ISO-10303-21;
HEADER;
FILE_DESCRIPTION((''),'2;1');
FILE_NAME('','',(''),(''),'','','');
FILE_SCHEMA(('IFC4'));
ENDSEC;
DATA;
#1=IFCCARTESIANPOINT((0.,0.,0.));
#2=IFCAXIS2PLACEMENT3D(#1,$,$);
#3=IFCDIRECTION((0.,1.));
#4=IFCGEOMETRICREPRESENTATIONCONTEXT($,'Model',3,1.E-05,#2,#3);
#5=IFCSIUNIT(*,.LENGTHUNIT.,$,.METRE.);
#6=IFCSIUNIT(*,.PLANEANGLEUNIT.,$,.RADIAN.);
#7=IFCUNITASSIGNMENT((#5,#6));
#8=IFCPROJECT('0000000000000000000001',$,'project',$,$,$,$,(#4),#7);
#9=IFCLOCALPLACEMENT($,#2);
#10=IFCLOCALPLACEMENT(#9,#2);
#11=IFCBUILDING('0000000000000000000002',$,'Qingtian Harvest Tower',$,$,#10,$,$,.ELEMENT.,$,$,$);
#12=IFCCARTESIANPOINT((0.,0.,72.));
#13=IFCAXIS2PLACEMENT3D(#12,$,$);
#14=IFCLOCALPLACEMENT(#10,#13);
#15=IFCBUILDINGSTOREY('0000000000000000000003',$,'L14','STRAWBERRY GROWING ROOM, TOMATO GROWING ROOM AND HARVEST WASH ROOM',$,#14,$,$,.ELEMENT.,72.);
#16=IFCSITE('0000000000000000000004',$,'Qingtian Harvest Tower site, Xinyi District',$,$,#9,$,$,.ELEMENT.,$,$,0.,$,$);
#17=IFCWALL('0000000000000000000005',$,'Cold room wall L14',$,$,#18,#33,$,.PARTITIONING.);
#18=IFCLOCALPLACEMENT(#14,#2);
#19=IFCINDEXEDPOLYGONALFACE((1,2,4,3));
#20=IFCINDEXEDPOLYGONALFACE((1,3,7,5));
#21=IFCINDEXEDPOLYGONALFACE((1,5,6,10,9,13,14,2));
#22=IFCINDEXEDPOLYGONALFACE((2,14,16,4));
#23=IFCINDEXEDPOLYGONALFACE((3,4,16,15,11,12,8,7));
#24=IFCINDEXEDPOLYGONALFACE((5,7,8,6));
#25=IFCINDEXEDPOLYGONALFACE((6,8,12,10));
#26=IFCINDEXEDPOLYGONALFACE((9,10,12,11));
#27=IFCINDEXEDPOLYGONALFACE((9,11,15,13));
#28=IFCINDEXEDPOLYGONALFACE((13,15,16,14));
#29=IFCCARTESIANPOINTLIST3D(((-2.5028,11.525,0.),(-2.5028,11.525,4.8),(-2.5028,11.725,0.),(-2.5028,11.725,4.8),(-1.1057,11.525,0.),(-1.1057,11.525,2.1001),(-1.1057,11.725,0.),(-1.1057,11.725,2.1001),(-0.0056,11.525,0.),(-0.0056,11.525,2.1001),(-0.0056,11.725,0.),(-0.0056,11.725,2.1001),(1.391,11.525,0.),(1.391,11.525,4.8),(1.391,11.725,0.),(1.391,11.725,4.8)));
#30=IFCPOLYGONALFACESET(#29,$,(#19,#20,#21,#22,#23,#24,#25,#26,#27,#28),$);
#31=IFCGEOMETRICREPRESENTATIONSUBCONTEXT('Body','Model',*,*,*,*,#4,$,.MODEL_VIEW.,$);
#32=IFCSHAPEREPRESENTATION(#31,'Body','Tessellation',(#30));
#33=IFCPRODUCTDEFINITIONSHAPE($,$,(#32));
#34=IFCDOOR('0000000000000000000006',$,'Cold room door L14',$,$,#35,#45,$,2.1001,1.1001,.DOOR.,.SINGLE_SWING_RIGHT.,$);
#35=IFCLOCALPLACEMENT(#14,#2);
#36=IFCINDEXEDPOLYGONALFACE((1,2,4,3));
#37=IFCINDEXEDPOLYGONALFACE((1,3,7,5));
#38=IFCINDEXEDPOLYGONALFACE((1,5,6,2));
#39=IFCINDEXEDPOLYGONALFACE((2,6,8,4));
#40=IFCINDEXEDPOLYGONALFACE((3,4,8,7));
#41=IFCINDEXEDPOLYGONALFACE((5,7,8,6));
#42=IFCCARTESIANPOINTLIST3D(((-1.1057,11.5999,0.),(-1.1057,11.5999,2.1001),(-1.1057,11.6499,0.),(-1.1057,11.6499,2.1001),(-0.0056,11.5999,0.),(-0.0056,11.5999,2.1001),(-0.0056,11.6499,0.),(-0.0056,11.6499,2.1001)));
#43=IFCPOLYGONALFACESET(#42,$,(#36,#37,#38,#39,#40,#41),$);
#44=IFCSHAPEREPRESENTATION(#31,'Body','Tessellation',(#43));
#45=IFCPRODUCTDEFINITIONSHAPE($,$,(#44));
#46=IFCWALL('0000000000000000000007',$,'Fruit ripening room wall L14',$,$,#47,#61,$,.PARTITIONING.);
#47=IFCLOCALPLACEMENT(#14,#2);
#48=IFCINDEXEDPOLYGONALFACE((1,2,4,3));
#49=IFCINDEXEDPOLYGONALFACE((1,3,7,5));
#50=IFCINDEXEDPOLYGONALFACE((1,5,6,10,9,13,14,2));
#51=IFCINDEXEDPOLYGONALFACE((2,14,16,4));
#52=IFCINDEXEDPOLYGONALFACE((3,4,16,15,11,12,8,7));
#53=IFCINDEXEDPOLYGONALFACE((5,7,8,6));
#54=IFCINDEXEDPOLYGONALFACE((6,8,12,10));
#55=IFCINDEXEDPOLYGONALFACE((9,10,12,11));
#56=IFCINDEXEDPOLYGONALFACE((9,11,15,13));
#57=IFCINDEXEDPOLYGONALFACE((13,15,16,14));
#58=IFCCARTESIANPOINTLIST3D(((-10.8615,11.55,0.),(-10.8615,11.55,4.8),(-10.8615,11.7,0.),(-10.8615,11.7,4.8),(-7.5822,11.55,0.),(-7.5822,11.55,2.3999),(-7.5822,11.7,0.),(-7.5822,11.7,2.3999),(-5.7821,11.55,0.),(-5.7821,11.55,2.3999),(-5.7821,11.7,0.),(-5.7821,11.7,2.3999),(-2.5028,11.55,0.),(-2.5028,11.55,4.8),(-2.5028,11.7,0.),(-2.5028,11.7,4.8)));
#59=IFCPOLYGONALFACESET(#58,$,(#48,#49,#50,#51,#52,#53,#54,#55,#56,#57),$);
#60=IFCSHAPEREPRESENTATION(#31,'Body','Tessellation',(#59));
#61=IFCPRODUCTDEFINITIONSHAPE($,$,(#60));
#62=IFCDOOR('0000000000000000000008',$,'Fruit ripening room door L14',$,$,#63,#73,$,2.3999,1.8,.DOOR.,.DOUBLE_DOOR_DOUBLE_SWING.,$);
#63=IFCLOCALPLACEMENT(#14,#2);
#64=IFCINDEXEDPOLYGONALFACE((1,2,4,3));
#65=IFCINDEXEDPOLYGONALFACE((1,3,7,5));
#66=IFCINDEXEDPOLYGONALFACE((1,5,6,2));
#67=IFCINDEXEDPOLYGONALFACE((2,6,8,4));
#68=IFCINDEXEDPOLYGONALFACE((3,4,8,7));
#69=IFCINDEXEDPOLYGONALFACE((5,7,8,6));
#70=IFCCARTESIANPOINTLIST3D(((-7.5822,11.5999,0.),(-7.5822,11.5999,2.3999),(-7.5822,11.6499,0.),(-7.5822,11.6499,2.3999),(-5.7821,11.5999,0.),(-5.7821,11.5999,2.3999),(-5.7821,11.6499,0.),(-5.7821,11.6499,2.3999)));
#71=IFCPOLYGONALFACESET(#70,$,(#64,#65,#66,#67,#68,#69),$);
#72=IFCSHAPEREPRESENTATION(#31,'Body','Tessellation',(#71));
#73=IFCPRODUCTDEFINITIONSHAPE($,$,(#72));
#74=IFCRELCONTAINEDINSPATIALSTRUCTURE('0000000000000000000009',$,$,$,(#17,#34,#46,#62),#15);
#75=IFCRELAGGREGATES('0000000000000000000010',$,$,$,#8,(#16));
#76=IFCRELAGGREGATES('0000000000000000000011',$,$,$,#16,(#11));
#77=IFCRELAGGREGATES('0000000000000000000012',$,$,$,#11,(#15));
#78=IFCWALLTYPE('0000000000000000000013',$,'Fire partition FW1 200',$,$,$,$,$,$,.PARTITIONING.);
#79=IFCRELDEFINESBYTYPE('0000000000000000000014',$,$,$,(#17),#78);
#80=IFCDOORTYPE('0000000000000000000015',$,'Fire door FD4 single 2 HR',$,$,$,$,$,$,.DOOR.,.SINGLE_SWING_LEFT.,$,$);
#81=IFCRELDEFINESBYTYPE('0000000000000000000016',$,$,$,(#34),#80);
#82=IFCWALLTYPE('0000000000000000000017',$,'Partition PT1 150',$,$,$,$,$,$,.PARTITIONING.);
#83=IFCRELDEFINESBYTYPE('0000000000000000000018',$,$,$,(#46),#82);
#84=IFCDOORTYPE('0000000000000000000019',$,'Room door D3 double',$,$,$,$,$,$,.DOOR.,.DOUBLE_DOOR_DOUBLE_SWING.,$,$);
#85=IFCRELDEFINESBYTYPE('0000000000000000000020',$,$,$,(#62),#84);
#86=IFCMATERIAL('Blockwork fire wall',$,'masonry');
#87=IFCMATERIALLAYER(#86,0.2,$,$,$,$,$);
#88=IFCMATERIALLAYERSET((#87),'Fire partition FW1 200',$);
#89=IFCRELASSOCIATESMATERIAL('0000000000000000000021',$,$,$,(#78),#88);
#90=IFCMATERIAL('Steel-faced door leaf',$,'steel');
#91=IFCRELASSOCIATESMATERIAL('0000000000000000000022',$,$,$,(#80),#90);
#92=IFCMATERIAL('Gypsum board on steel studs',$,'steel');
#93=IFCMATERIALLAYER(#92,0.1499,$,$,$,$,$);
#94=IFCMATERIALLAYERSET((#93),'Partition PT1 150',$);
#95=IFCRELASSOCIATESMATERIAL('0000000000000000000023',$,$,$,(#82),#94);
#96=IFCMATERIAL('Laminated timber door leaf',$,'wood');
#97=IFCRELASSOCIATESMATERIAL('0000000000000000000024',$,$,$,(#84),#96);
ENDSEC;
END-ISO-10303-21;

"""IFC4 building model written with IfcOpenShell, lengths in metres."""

from ifc_helpers import new_model, si_unit, direction, frame, frame_2d, origin, place, context, subcontext, project, spatial, rectangle, extrude, material, layer, layer_set, type_object, element, fill, save


model = new_model("IFC4")

# Units and contexts
model_context = context("Model", 3, precision=1e-05, world=origin(), true_north=direction((0.0, 1.0)))
body_context = subcontext(model_context, "Body", "Model", "MODEL_VIEW")
ifc_project = project(units=[si_unit("LENGTHUNIT", "METRE"), si_unit("PLANEANGLEUNIT", "RADIAN")], contexts=[model_context])

# Site, building, storey
site_placement = place(None, origin())
site = spatial("IfcSite", under=ifc_project, at=site_placement, Name="Qingtian Harvest Tower site, Xinyi District", CompositionType="ELEMENT", RefElevation=0.0)
building_placement = place(site_placement, origin())
building = spatial("IfcBuilding", under=site, at=building_placement, Name="Qingtian Harvest Tower", CompositionType="ELEMENT")
storey_placement = place(building_placement, frame((0.0, 0.0, 72.0)))
storey = spatial("IfcBuildingStorey", under=building, at=storey_placement, Name="L14", Description="STRAWBERRY GROWING ROOM, TOMATO GROWING ROOM AND HARVEST WASH ROOM", CompositionType="ELEMENT", Elevation=72.0)

# Shared definitions
ifc_material_1 = material(Name="Blockwork fire wall", Category="masonry")
ifc_layer_1 = layer(ifc_material_1, 0.2)
ifc_layer_set_1 = layer_set([ifc_layer_1], Name="Fire partition FW1 200")
wall_type_1 = type_object("IfcWallType", Name="Fire partition FW1 200", PredefinedType="PARTITIONING", material=ifc_layer_set_1)

# Walls, openings, doors
wall_1_placement = place(storey_placement, frame((-2.5027, 11.625, 0.0), z_axis=(0.0, 0.0, 1.0), x_axis=(1.0, 0.0, 0.0)))
wall_1 = element("IfcWall", 1, at=wall_1_placement, inside=storey, type_object=wall_type_1, Name="Cold room wall L14", PredefinedType="PARTITIONING", context=body_context, shape_type="SweptSolid", body=[
    extrude(rectangle(XDim=3.8938, YDim=0.2, at=frame_2d((1.9468, 0.0))), origin(), (0.0, 0.0, 1.0), 4.8),
])
opening_1_placement = place(wall_1_placement, frame((1.397, 0.0, 0.0)))
opening_1 = element("IfcOpeningElement", 2, at=opening_1_placement, cuts=wall_1, PredefinedType="OPENING", context=body_context, shape_type="SweptSolid", body=[
    extrude(rectangle(XDim=1.1001, YDim=2.1001, at=frame_2d((0.55, 1.05))), frame((0.0, 0.1099, 0.0), z_axis=(0.0, -1.0, 0.0), x_axis=(1.0, 0.0, 0.0)), (0.0, 0.0, 1.0), 0.22),
])
ifc_material_2 = material(Name="Steel-faced door leaf", Category="steel")
door_type_1 = type_object("IfcDoorType", Name="Fire door FD4 single 2 HR", OperationType="SINGLE_SWING_LEFT", PredefinedType="DOOR", material=ifc_material_2)
door_1_placement = place(opening_1_placement, origin())
door_1 = element("IfcDoor", 3, at=door_1_placement, inside=storey, type_object=door_type_1, Name="Cold room door L14", OperationType="SINGLE_SWING_RIGHT", OverallHeight=2.1001, OverallWidth=1.1001, PredefinedType="DOOR", context=body_context, shape_type="SweptSolid", body=[
    extrude(rectangle(XDim=1.1001, YDim=2.1001, at=frame_2d((0.55, 1.05))), frame((0.0, 0.0249, 0.0), z_axis=(0.0, -1.0, 0.0), x_axis=(1.0, 0.0, 0.0)), (0.0, 0.0, 1.0), 0.05),
])
fill(opening_1, door_1)
ifc_material_3 = material(Name="Gypsum board on steel studs", Category="steel")
ifc_layer_2 = layer(ifc_material_3, 0.1499)
ifc_layer_set_2 = layer_set([ifc_layer_2], Name="Partition PT1 150")
wall_type_2 = type_object("IfcWallType", Name="Partition PT1 150", PredefinedType="PARTITIONING", material=ifc_layer_set_2)
wall_2_placement = place(storey_placement, frame((-10.8613, 11.625, 0.0), z_axis=(0.0, 0.0, 1.0), x_axis=(1.0, 0.0, 0.0)))
wall_2 = element("IfcWall", 4, at=wall_2_placement, inside=storey, type_object=wall_type_2, Name="Fruit ripening room wall L14", PredefinedType="PARTITIONING", context=body_context, shape_type="SweptSolid", body=[
    extrude(rectangle(XDim=8.3586, YDim=0.1499, at=frame_2d((4.1792, 0.0))), origin(), (0.0, 0.0, 1.0), 4.8),
])
opening_2_placement = place(wall_2_placement, frame((3.2793, 0.0, 0.0)))
opening_2 = element("IfcOpeningElement", 5, at=opening_2_placement, cuts=wall_2, PredefinedType="OPENING", context=body_context, shape_type="SweptSolid", body=[
    extrude(rectangle(XDim=1.8, YDim=2.3999, at=frame_2d((0.8999, 1.2))), frame((0.0, 0.085, 0.0), z_axis=(0.0, -1.0, 0.0), x_axis=(1.0, 0.0, 0.0)), (0.0, 0.0, 1.0), 0.1699),
])
ifc_material_4 = material(Name="Laminated timber door leaf", Category="wood")
door_type_2 = type_object("IfcDoorType", Name="Room door D3 double", OperationType="DOUBLE_DOOR_DOUBLE_SWING", PredefinedType="DOOR", material=ifc_material_4)
door_2_placement = place(opening_2_placement, origin())
door_2 = element("IfcDoor", 6, at=door_2_placement, inside=storey, type_object=door_type_2, Name="Fruit ripening room door L14", OperationType="DOUBLE_DOOR_DOUBLE_SWING", OverallHeight=2.3999, OverallWidth=1.8, PredefinedType="DOOR", context=body_context, shape_type="SweptSolid", body=[
    extrude(rectangle(XDim=1.8, YDim=2.3999, at=frame_2d((0.8999, 1.2))), frame((0.0, 0.0249, 0.0), z_axis=(0.0, -1.0, 0.0), x_axis=(1.0, 0.0, 0.0)), (0.0, 0.0, 1.0), 0.05),
])
fill(opening_2, door_2)

save(model, "model.ifc")
